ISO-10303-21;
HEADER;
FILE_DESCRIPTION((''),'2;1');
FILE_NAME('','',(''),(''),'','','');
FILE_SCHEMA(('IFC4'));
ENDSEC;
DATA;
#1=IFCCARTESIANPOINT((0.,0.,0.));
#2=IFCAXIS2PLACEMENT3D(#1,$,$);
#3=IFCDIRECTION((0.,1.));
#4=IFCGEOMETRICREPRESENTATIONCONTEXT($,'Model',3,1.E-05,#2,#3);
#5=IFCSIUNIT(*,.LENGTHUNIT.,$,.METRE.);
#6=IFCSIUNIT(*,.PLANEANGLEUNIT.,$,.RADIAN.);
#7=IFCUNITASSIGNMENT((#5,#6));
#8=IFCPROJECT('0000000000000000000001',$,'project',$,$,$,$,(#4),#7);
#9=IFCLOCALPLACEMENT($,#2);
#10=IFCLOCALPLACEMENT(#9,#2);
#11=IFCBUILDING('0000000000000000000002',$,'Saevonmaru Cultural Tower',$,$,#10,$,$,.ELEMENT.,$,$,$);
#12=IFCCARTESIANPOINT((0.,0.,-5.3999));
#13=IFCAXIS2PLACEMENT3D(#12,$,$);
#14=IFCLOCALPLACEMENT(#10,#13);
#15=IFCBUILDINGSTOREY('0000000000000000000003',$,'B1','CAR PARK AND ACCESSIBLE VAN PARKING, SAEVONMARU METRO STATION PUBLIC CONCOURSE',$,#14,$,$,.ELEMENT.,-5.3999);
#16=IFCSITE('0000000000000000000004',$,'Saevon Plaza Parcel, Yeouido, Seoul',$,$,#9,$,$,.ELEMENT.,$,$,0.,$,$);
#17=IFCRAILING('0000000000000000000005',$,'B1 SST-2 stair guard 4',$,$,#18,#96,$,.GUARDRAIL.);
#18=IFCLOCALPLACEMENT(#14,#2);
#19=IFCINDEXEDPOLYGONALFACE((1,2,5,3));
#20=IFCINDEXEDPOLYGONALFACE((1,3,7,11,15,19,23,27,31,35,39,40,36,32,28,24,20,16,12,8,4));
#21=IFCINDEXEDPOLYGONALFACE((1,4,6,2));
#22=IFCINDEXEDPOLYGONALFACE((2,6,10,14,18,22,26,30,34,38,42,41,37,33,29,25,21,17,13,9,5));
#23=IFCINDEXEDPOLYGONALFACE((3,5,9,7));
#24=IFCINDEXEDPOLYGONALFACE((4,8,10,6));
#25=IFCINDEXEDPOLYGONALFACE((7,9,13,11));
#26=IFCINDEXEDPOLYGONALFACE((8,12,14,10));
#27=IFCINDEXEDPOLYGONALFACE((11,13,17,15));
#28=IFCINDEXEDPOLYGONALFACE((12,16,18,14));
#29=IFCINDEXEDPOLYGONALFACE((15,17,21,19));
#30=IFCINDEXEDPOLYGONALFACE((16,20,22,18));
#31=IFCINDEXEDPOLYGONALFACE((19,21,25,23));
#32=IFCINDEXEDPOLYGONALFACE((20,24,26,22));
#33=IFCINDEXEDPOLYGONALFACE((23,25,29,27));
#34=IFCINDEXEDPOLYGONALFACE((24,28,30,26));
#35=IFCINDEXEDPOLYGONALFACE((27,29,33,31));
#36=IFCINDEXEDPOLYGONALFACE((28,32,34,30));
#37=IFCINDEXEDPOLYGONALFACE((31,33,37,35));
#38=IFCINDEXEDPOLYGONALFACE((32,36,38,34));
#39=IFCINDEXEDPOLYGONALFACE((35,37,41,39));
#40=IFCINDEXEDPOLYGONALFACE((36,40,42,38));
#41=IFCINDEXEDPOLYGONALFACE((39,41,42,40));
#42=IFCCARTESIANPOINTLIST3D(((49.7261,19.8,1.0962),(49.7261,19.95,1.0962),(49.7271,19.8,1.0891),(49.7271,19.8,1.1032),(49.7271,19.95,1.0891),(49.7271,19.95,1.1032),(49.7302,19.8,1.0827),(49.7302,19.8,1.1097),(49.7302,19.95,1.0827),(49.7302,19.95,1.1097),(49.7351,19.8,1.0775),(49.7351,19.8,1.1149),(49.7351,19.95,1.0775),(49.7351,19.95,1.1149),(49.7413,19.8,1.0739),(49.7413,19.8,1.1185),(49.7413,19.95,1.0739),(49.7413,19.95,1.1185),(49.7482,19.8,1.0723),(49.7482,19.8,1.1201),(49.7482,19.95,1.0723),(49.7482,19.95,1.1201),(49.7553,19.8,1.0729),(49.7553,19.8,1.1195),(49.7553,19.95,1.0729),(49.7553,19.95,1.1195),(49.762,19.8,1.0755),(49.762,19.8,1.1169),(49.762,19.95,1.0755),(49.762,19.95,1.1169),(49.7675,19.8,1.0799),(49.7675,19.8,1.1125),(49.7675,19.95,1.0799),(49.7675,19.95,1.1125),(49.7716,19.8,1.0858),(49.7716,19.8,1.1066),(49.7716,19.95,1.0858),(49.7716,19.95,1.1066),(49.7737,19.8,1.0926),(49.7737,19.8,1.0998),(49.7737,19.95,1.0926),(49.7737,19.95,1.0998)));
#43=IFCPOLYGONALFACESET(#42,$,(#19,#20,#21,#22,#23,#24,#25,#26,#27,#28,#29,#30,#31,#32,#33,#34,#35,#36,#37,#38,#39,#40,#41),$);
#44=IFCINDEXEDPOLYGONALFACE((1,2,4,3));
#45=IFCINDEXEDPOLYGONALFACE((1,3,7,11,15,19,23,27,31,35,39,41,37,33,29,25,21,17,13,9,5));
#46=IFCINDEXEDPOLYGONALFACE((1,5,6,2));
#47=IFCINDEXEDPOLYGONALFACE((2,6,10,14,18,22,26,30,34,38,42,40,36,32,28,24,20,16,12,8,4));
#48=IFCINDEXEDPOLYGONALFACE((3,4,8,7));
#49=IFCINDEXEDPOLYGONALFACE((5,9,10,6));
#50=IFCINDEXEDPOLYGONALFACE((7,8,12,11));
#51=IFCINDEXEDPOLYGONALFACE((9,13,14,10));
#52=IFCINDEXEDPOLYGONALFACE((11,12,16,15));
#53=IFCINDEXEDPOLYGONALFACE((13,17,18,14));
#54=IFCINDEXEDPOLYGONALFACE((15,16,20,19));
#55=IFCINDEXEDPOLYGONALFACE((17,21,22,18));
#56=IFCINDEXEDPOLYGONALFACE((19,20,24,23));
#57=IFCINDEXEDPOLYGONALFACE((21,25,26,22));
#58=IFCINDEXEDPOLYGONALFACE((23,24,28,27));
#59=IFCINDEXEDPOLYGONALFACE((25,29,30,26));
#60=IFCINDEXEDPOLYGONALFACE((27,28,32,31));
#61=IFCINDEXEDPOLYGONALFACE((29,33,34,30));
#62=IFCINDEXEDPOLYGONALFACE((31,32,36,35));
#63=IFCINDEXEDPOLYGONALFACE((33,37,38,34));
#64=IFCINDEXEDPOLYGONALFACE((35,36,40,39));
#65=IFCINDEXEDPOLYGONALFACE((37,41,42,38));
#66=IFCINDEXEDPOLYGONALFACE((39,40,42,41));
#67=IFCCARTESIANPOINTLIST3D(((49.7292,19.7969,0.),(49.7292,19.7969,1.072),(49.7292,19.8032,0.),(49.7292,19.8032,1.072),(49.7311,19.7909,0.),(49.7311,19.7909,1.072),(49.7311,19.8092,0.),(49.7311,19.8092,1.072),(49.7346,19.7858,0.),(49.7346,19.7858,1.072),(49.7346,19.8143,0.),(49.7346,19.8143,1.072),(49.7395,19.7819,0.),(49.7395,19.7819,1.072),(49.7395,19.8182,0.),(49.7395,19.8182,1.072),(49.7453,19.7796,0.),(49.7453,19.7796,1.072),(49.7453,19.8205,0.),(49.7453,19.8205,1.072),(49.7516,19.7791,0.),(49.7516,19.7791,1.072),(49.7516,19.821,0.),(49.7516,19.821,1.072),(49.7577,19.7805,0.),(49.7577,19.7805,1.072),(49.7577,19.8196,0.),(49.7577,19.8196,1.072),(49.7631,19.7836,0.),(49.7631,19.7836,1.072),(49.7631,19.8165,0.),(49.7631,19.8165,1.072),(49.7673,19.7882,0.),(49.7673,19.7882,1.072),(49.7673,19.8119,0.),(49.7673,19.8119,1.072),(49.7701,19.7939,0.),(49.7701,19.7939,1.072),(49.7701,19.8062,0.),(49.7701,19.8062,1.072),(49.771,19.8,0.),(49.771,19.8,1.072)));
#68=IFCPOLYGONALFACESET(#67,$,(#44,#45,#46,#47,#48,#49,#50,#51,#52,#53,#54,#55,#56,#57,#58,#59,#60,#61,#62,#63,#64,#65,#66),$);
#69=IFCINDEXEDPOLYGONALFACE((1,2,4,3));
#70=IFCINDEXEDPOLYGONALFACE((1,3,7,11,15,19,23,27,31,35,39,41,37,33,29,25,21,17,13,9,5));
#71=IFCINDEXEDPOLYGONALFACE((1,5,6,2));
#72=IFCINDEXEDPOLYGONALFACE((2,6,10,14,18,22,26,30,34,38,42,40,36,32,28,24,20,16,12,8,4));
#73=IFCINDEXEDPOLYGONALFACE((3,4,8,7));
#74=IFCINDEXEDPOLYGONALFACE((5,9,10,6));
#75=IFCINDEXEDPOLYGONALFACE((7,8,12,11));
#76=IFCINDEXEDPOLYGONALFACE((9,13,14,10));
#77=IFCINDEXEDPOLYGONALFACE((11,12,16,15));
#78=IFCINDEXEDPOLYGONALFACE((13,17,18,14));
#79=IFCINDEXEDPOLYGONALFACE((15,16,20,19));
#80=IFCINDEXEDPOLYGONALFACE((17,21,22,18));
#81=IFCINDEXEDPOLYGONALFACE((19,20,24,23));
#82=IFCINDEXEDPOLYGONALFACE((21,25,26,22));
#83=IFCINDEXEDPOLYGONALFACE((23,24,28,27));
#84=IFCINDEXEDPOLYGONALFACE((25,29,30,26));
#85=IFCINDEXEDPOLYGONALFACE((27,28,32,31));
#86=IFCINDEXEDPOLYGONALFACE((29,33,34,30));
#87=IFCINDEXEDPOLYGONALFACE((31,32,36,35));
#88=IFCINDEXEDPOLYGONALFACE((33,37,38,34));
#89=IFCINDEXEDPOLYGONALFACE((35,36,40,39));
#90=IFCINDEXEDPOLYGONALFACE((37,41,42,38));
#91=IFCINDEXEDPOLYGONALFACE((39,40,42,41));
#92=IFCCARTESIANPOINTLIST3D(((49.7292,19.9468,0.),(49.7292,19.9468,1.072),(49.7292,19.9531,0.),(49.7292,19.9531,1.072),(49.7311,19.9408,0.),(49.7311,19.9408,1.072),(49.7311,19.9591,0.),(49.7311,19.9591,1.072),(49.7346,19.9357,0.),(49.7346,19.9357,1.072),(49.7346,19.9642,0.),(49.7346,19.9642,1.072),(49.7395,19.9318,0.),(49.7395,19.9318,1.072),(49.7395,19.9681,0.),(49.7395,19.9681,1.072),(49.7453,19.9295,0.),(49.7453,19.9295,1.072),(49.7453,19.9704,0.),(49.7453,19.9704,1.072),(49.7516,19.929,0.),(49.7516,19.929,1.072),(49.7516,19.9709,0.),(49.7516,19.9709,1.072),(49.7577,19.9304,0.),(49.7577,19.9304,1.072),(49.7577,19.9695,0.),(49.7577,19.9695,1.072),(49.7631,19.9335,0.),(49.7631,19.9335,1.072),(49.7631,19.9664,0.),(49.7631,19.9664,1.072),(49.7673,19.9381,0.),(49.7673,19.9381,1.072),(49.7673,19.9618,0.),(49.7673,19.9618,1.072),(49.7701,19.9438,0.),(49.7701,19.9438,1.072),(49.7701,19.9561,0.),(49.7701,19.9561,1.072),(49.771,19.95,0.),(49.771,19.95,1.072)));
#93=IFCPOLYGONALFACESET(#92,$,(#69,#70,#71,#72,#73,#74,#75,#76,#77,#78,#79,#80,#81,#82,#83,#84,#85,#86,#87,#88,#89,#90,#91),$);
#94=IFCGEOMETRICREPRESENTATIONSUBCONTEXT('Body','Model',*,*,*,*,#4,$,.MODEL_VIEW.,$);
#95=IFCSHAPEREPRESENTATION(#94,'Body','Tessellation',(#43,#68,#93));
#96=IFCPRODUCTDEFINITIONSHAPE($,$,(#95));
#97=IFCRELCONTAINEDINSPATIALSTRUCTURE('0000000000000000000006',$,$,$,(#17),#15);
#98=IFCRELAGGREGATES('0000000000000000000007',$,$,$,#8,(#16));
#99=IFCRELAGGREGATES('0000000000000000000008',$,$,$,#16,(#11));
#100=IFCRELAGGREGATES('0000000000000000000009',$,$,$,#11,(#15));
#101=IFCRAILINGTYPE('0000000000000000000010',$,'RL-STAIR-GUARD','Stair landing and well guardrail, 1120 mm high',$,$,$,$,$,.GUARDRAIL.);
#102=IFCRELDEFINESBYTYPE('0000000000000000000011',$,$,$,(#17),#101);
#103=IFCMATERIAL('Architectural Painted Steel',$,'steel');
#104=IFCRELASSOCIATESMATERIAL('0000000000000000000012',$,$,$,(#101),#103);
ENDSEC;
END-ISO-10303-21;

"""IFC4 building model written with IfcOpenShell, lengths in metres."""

from ifc_helpers import new_model, si_unit, direction, frame, origin, origin_2d, place, context, subcontext, project, spatial, circle, extrude, material, type_object, element, save


model = new_model("IFC4")

# Units and contexts
model_context = context("Model", 3, precision=1e-05, world=origin(), true_north=direction((0.0, 1.0)))
body_context = subcontext(model_context, "Body", "Model", "MODEL_VIEW")
ifc_project = project(units=[si_unit("LENGTHUNIT", "METRE"), si_unit("PLANEANGLEUNIT", "RADIAN")], contexts=[model_context])

# Site, building, storey
site_placement = place(None, origin())
site = spatial("IfcSite", under=ifc_project, at=site_placement, Name="Saevon Plaza Parcel, Yeouido, Seoul", CompositionType="ELEMENT", RefElevation=0.0)
building_placement = place(site_placement, origin())
building = spatial("IfcBuilding", under=site, at=building_placement, Name="Saevonmaru Cultural Tower", CompositionType="ELEMENT")
storey_placement = place(building_placement, frame((0.0, 0.0, -5.3999)))
storey = spatial("IfcBuildingStorey", under=building, at=storey_placement, Name="B1", Description="CAR PARK AND ACCESSIBLE VAN PARKING, SAEVONMARU METRO STATION PUBLIC CONCOURSE", CompositionType="ELEMENT", Elevation=-5.3999)

# Railing
ifc_material_1 = material(Name="Architectural Painted Steel", Category="steel")
railing_type_1 = type_object("IfcRailingType", Name="RL-STAIR-GUARD", Description="Stair landing and well guardrail, 1120 mm high", PredefinedType="GUARDRAIL", material=ifc_material_1)
railing_1_placement = place(storey_placement, frame((49.75, 19.8, 0.0)))
element("IfcRailing", 1, at=railing_1_placement, inside=storey, type_object=railing_type_1, Name="B1 SST-2 stair guard 4", PredefinedType="GUARDRAIL", context=body_context, shape_type="SweptSolid", body=[
    extrude(circle(Radius=0.0239, at=origin_2d()), frame((0.0, 0.0, 1.0962), z_axis=(0.0, 1.0, 0.0), x_axis=(-1.0, 0.0, 0.0)), (0.0, 0.0, 1.0), 0.1499),
    extrude(circle(Radius=0.021, at=origin_2d()), origin(), (0.0, 0.0, 1.0), 1.072),
    extrude(circle(Radius=0.021, at=origin_2d()), frame((0.0, 0.1499, 0.0)), (0.0, 0.0, 1.0), 1.072),
])

save(model, "model.ifc")
